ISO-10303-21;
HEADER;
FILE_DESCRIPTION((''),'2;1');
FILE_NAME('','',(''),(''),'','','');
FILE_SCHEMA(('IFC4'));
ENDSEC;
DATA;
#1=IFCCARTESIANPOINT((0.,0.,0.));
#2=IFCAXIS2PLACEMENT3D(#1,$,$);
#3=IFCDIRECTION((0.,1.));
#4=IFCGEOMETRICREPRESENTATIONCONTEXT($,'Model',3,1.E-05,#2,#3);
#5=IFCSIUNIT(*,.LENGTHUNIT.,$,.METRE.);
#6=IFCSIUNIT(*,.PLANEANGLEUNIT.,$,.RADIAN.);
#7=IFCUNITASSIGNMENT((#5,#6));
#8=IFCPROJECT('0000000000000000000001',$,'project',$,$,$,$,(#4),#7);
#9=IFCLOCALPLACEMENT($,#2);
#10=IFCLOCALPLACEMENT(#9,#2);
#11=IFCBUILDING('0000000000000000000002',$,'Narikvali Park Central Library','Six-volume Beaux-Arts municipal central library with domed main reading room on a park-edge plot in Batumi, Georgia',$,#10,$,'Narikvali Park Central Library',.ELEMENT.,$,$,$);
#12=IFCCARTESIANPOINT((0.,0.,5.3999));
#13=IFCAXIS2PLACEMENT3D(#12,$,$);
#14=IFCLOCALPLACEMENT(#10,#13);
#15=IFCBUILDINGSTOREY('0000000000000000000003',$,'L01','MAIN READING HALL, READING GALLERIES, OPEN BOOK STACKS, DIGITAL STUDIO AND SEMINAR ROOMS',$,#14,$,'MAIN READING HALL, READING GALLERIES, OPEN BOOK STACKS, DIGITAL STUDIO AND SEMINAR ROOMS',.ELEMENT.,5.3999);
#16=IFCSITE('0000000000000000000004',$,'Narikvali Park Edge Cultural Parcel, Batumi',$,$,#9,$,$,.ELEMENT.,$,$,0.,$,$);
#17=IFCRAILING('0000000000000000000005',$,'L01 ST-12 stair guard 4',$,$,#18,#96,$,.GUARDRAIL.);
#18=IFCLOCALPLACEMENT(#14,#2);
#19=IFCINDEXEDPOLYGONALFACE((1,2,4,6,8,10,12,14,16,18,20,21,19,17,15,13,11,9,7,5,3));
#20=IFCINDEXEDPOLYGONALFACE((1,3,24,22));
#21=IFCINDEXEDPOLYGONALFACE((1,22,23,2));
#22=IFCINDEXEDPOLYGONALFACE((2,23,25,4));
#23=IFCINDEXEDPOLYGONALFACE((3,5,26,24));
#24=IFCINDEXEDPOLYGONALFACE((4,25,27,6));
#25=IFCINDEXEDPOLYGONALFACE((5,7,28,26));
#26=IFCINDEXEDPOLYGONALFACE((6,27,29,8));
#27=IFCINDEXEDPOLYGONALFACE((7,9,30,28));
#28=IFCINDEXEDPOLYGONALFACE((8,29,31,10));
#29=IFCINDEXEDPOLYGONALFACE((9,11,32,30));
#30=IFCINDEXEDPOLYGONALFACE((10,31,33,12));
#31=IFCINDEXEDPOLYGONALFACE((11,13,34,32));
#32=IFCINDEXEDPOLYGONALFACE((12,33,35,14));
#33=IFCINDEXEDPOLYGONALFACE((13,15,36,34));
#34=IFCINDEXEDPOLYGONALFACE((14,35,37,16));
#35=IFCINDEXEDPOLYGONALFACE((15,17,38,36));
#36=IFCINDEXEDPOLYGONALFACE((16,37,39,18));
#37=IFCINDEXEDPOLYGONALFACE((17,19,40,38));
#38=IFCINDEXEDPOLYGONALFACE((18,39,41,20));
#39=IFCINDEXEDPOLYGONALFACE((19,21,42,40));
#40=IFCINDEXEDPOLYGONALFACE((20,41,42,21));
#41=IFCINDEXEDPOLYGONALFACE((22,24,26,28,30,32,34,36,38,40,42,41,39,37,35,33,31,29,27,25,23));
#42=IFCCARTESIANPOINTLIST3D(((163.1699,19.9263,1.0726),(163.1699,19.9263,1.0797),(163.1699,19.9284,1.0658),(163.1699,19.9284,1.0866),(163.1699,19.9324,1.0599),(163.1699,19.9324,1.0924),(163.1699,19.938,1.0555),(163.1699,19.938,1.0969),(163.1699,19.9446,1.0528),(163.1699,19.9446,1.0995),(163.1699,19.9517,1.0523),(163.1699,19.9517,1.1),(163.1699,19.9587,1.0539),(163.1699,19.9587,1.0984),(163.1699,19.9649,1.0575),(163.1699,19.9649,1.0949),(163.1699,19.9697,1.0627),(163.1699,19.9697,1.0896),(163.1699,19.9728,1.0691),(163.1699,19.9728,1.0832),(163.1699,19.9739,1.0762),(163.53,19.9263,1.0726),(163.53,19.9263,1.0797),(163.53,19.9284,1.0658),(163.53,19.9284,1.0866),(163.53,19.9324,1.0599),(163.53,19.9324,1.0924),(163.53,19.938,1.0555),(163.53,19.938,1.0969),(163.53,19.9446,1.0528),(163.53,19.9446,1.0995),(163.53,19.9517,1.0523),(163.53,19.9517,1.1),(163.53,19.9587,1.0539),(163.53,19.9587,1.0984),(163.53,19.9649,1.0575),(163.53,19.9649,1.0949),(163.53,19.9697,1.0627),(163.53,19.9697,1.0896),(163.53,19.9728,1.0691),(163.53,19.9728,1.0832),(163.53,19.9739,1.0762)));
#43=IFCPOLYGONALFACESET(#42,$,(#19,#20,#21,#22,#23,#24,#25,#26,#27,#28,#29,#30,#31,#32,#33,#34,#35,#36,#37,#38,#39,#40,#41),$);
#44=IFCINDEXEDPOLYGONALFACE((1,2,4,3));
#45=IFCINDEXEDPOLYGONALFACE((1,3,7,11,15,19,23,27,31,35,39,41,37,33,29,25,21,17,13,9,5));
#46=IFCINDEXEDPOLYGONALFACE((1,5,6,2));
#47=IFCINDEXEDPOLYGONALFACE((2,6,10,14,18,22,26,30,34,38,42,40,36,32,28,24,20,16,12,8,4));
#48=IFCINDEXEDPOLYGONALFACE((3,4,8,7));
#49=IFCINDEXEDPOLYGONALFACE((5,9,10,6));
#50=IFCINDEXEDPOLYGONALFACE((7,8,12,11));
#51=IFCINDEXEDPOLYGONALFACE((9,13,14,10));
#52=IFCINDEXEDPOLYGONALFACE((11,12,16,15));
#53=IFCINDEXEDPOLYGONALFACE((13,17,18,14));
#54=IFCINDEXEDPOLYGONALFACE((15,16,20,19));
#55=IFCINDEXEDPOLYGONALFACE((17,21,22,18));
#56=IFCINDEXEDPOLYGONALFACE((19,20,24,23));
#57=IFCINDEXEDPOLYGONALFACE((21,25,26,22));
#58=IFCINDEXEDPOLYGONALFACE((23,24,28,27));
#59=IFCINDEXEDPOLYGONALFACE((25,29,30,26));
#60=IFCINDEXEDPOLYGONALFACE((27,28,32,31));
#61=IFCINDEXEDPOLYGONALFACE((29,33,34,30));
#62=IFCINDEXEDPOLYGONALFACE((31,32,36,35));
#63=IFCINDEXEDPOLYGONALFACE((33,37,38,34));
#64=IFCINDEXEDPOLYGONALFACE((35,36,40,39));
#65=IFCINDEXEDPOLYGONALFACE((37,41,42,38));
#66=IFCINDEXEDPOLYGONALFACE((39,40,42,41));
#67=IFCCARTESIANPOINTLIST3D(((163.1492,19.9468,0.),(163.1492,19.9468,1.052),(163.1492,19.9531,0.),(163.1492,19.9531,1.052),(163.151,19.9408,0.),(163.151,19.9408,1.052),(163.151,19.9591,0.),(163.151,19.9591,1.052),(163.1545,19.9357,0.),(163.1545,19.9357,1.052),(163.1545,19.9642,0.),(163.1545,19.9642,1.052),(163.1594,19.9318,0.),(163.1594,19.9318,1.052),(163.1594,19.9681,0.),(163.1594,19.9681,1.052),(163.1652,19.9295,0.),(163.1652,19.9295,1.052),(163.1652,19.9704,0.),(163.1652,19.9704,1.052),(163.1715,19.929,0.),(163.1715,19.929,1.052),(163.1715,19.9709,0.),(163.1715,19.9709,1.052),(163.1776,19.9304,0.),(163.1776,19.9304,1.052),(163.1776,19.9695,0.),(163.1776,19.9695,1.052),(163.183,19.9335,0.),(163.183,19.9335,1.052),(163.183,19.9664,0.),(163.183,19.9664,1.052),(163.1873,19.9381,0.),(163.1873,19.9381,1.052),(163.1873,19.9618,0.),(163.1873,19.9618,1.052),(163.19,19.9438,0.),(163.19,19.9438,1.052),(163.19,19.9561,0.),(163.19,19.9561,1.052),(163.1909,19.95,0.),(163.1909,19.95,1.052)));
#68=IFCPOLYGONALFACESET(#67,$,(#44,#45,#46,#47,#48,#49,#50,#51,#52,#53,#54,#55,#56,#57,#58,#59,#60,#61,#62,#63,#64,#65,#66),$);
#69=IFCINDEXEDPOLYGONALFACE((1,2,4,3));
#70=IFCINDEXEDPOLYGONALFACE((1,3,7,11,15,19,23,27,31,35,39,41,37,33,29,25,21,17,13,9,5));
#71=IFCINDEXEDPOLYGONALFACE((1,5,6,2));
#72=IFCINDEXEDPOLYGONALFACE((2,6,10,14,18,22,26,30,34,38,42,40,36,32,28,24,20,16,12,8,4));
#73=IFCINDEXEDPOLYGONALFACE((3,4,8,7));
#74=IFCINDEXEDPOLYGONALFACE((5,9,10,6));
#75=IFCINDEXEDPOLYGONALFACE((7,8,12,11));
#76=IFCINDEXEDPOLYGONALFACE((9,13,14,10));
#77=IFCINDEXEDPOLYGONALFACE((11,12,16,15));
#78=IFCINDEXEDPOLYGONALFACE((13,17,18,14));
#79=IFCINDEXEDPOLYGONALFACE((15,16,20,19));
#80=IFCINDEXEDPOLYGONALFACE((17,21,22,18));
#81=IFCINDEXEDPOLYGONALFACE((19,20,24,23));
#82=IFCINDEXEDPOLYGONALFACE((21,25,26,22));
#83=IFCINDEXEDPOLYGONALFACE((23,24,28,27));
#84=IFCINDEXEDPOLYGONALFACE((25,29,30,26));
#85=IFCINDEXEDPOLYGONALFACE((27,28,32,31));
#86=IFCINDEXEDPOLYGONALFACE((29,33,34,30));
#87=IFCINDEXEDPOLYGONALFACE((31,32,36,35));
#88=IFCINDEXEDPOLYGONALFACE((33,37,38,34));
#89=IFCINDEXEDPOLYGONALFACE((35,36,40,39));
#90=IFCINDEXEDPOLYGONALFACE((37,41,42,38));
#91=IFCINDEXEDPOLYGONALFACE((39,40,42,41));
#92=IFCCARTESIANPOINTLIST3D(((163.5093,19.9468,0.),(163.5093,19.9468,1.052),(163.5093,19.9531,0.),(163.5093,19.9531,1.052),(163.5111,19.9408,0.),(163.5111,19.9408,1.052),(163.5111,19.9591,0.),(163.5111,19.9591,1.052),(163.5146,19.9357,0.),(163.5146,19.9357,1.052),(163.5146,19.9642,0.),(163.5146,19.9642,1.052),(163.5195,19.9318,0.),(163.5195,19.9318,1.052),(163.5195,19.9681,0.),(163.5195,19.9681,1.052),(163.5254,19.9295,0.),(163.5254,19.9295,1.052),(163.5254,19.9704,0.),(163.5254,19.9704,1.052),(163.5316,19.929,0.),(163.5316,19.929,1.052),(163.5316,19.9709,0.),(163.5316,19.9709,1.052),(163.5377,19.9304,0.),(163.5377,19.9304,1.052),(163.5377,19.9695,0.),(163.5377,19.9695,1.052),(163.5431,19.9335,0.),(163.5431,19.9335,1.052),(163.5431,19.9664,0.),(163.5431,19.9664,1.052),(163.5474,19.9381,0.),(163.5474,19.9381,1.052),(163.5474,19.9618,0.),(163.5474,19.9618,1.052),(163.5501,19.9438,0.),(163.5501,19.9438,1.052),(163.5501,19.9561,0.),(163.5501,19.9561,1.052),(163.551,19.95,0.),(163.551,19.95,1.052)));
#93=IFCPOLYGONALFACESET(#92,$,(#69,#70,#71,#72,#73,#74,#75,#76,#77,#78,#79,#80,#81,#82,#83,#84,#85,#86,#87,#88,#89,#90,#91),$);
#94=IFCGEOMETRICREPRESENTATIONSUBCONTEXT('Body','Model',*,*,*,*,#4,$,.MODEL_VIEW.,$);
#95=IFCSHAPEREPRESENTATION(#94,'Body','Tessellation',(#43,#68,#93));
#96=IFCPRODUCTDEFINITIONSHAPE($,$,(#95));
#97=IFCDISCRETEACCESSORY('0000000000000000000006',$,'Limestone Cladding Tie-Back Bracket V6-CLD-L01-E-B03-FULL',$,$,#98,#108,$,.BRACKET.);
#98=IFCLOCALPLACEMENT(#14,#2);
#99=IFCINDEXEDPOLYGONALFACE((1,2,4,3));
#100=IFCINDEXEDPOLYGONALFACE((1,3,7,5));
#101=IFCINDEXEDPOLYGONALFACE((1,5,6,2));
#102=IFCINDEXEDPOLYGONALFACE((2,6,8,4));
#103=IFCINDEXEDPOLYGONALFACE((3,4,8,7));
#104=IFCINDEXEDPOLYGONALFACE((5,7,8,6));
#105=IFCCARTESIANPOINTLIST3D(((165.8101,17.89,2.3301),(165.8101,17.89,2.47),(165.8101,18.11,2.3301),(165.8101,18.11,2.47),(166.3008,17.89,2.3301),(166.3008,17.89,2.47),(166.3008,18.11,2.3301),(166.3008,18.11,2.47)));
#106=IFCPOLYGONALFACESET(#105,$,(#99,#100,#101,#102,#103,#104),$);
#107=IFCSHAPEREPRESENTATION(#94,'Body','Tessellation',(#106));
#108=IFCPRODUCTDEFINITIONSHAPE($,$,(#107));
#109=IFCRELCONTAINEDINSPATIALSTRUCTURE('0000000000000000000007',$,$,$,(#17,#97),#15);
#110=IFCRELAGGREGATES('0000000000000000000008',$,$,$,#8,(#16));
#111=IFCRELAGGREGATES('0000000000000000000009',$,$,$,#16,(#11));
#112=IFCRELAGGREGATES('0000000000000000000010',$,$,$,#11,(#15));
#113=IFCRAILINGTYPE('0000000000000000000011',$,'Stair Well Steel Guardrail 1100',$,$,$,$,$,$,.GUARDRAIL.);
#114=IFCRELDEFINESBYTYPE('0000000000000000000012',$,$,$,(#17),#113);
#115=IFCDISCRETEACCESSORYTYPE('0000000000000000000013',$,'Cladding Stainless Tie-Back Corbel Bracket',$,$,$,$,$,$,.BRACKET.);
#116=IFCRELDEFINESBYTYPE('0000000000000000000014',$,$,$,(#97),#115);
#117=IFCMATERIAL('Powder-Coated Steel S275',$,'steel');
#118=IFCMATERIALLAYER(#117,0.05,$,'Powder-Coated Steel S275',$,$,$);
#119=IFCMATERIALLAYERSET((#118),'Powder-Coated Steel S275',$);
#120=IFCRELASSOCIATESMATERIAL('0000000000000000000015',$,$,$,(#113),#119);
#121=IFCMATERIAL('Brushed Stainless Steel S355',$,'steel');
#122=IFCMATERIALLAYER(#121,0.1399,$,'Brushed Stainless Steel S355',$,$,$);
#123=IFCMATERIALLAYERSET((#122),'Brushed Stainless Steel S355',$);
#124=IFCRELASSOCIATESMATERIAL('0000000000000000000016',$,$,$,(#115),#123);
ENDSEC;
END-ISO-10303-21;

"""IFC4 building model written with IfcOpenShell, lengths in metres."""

from ifc_helpers import new_model, si_unit, direction, frame, origin, origin_2d, place, context, subcontext, project, spatial, rectangle, circle, extrude, material, layer, layer_set, type_object, element, save


model = new_model("IFC4")

# Units and contexts
model_context = context("Model", 3, precision=1e-05, world=origin(), true_north=direction((0.0, 1.0)))
body_context = subcontext(model_context, "Body", "Model", "MODEL_VIEW")
ifc_project = project(units=[si_unit("LENGTHUNIT", "METRE"), si_unit("PLANEANGLEUNIT", "RADIAN")], contexts=[model_context])

# Site, building, storey
site_placement = place(None, origin())
site = spatial("IfcSite", under=ifc_project, at=site_placement, Name="Narikvali Park Edge Cultural Parcel, Batumi", CompositionType="ELEMENT", RefElevation=0.0)
building_placement = place(site_placement, origin())
building = spatial("IfcBuilding", under=site, at=building_placement, Name="Narikvali Park Central Library", Description="Six-volume Beaux-Arts municipal central library with domed main reading room on a park-edge plot in Batumi, Georgia", LongName="Narikvali Park Central Library", CompositionType="ELEMENT")
storey_placement = place(building_placement, frame((0.0, 0.0, 5.3999)))
storey = spatial("IfcBuildingStorey", under=building, at=storey_placement, Name="L01", Description="MAIN READING HALL, READING GALLERIES, OPEN BOOK STACKS, DIGITAL STUDIO AND SEMINAR ROOMS", LongName="MAIN READING HALL, READING GALLERIES, OPEN BOOK STACKS, DIGITAL STUDIO AND SEMINAR ROOMS", CompositionType="ELEMENT", Elevation=5.3999)

# Railing
ifc_material_1 = material(Name="Brushed Stainless Steel S355", Category="steel")
ifc_material_2 = material(Name="Powder-Coated Steel S275", Category="steel")
ifc_layer_1 = layer(ifc_material_2, 0.05, Name="Powder-Coated Steel S275")
ifc_layer_set_1 = layer_set([ifc_layer_1], Name="Powder-Coated Steel S275")
railing_type_1 = type_object("IfcRailingType", Name="Stair Well Steel Guardrail 1100", PredefinedType="GUARDRAIL", material=ifc_layer_set_1)
railing_1_placement = place(storey_placement, frame((163.1699, 19.95, 0.0)))
element("IfcRailing", 1, at=railing_1_placement, inside=storey, type_object=railing_type_1, Name="L01 ST-12 stair guard 4", PredefinedType="GUARDRAIL", context=body_context, shape_type="SweptSolid", body=[
    extrude(circle(Radius=0.0239, at=origin_2d()), frame((0.0, 0.0, 1.0762), z_axis=(1.0, 0.0, 0.0), x_axis=(0.0, 1.0, 0.0)), (0.0, 0.0, 1.0), 0.3601),
    extrude(circle(Radius=0.021, at=origin_2d()), origin(), (0.0, 0.0, 1.0), 1.052),
    extrude(circle(Radius=0.021, at=origin_2d()), frame((0.3601, 0.0, 0.0)), (0.0, 0.0, 1.0), 1.052),
])

# Discrete accessory
ifc_layer_2 = layer(ifc_material_1, 0.1399, Name="Brushed Stainless Steel S355")
ifc_layer_set_2 = layer_set([ifc_layer_2], Name="Brushed Stainless Steel S355")
discrete_accessory_type = type_object("IfcDiscreteAccessoryType", Name="Cladding Stainless Tie-Back Corbel Bracket", PredefinedType="BRACKET", material=ifc_layer_set_2)
discrete_accessory_placement = place(storey_placement, frame((166.0554, 18.0, 2.3301), z_axis=(0.0, 0.0, 1.0), x_axis=(1.0, 0.0, 0.0)))
element("IfcDiscreteAccessory", 2, at=discrete_accessory_placement, inside=storey, type_object=discrete_accessory_type, Name="Limestone Cladding Tie-Back Bracket V6-CLD-L01-E-B03-FULL", PredefinedType="BRACKET", context=body_context, shape_type="SweptSolid", body=[
    extrude(rectangle(XDim=0.4907, YDim=0.22, at=origin_2d()), origin(), (0.0, 0.0, 1.0), 0.1399),
])

save(model, "model.ifc")
